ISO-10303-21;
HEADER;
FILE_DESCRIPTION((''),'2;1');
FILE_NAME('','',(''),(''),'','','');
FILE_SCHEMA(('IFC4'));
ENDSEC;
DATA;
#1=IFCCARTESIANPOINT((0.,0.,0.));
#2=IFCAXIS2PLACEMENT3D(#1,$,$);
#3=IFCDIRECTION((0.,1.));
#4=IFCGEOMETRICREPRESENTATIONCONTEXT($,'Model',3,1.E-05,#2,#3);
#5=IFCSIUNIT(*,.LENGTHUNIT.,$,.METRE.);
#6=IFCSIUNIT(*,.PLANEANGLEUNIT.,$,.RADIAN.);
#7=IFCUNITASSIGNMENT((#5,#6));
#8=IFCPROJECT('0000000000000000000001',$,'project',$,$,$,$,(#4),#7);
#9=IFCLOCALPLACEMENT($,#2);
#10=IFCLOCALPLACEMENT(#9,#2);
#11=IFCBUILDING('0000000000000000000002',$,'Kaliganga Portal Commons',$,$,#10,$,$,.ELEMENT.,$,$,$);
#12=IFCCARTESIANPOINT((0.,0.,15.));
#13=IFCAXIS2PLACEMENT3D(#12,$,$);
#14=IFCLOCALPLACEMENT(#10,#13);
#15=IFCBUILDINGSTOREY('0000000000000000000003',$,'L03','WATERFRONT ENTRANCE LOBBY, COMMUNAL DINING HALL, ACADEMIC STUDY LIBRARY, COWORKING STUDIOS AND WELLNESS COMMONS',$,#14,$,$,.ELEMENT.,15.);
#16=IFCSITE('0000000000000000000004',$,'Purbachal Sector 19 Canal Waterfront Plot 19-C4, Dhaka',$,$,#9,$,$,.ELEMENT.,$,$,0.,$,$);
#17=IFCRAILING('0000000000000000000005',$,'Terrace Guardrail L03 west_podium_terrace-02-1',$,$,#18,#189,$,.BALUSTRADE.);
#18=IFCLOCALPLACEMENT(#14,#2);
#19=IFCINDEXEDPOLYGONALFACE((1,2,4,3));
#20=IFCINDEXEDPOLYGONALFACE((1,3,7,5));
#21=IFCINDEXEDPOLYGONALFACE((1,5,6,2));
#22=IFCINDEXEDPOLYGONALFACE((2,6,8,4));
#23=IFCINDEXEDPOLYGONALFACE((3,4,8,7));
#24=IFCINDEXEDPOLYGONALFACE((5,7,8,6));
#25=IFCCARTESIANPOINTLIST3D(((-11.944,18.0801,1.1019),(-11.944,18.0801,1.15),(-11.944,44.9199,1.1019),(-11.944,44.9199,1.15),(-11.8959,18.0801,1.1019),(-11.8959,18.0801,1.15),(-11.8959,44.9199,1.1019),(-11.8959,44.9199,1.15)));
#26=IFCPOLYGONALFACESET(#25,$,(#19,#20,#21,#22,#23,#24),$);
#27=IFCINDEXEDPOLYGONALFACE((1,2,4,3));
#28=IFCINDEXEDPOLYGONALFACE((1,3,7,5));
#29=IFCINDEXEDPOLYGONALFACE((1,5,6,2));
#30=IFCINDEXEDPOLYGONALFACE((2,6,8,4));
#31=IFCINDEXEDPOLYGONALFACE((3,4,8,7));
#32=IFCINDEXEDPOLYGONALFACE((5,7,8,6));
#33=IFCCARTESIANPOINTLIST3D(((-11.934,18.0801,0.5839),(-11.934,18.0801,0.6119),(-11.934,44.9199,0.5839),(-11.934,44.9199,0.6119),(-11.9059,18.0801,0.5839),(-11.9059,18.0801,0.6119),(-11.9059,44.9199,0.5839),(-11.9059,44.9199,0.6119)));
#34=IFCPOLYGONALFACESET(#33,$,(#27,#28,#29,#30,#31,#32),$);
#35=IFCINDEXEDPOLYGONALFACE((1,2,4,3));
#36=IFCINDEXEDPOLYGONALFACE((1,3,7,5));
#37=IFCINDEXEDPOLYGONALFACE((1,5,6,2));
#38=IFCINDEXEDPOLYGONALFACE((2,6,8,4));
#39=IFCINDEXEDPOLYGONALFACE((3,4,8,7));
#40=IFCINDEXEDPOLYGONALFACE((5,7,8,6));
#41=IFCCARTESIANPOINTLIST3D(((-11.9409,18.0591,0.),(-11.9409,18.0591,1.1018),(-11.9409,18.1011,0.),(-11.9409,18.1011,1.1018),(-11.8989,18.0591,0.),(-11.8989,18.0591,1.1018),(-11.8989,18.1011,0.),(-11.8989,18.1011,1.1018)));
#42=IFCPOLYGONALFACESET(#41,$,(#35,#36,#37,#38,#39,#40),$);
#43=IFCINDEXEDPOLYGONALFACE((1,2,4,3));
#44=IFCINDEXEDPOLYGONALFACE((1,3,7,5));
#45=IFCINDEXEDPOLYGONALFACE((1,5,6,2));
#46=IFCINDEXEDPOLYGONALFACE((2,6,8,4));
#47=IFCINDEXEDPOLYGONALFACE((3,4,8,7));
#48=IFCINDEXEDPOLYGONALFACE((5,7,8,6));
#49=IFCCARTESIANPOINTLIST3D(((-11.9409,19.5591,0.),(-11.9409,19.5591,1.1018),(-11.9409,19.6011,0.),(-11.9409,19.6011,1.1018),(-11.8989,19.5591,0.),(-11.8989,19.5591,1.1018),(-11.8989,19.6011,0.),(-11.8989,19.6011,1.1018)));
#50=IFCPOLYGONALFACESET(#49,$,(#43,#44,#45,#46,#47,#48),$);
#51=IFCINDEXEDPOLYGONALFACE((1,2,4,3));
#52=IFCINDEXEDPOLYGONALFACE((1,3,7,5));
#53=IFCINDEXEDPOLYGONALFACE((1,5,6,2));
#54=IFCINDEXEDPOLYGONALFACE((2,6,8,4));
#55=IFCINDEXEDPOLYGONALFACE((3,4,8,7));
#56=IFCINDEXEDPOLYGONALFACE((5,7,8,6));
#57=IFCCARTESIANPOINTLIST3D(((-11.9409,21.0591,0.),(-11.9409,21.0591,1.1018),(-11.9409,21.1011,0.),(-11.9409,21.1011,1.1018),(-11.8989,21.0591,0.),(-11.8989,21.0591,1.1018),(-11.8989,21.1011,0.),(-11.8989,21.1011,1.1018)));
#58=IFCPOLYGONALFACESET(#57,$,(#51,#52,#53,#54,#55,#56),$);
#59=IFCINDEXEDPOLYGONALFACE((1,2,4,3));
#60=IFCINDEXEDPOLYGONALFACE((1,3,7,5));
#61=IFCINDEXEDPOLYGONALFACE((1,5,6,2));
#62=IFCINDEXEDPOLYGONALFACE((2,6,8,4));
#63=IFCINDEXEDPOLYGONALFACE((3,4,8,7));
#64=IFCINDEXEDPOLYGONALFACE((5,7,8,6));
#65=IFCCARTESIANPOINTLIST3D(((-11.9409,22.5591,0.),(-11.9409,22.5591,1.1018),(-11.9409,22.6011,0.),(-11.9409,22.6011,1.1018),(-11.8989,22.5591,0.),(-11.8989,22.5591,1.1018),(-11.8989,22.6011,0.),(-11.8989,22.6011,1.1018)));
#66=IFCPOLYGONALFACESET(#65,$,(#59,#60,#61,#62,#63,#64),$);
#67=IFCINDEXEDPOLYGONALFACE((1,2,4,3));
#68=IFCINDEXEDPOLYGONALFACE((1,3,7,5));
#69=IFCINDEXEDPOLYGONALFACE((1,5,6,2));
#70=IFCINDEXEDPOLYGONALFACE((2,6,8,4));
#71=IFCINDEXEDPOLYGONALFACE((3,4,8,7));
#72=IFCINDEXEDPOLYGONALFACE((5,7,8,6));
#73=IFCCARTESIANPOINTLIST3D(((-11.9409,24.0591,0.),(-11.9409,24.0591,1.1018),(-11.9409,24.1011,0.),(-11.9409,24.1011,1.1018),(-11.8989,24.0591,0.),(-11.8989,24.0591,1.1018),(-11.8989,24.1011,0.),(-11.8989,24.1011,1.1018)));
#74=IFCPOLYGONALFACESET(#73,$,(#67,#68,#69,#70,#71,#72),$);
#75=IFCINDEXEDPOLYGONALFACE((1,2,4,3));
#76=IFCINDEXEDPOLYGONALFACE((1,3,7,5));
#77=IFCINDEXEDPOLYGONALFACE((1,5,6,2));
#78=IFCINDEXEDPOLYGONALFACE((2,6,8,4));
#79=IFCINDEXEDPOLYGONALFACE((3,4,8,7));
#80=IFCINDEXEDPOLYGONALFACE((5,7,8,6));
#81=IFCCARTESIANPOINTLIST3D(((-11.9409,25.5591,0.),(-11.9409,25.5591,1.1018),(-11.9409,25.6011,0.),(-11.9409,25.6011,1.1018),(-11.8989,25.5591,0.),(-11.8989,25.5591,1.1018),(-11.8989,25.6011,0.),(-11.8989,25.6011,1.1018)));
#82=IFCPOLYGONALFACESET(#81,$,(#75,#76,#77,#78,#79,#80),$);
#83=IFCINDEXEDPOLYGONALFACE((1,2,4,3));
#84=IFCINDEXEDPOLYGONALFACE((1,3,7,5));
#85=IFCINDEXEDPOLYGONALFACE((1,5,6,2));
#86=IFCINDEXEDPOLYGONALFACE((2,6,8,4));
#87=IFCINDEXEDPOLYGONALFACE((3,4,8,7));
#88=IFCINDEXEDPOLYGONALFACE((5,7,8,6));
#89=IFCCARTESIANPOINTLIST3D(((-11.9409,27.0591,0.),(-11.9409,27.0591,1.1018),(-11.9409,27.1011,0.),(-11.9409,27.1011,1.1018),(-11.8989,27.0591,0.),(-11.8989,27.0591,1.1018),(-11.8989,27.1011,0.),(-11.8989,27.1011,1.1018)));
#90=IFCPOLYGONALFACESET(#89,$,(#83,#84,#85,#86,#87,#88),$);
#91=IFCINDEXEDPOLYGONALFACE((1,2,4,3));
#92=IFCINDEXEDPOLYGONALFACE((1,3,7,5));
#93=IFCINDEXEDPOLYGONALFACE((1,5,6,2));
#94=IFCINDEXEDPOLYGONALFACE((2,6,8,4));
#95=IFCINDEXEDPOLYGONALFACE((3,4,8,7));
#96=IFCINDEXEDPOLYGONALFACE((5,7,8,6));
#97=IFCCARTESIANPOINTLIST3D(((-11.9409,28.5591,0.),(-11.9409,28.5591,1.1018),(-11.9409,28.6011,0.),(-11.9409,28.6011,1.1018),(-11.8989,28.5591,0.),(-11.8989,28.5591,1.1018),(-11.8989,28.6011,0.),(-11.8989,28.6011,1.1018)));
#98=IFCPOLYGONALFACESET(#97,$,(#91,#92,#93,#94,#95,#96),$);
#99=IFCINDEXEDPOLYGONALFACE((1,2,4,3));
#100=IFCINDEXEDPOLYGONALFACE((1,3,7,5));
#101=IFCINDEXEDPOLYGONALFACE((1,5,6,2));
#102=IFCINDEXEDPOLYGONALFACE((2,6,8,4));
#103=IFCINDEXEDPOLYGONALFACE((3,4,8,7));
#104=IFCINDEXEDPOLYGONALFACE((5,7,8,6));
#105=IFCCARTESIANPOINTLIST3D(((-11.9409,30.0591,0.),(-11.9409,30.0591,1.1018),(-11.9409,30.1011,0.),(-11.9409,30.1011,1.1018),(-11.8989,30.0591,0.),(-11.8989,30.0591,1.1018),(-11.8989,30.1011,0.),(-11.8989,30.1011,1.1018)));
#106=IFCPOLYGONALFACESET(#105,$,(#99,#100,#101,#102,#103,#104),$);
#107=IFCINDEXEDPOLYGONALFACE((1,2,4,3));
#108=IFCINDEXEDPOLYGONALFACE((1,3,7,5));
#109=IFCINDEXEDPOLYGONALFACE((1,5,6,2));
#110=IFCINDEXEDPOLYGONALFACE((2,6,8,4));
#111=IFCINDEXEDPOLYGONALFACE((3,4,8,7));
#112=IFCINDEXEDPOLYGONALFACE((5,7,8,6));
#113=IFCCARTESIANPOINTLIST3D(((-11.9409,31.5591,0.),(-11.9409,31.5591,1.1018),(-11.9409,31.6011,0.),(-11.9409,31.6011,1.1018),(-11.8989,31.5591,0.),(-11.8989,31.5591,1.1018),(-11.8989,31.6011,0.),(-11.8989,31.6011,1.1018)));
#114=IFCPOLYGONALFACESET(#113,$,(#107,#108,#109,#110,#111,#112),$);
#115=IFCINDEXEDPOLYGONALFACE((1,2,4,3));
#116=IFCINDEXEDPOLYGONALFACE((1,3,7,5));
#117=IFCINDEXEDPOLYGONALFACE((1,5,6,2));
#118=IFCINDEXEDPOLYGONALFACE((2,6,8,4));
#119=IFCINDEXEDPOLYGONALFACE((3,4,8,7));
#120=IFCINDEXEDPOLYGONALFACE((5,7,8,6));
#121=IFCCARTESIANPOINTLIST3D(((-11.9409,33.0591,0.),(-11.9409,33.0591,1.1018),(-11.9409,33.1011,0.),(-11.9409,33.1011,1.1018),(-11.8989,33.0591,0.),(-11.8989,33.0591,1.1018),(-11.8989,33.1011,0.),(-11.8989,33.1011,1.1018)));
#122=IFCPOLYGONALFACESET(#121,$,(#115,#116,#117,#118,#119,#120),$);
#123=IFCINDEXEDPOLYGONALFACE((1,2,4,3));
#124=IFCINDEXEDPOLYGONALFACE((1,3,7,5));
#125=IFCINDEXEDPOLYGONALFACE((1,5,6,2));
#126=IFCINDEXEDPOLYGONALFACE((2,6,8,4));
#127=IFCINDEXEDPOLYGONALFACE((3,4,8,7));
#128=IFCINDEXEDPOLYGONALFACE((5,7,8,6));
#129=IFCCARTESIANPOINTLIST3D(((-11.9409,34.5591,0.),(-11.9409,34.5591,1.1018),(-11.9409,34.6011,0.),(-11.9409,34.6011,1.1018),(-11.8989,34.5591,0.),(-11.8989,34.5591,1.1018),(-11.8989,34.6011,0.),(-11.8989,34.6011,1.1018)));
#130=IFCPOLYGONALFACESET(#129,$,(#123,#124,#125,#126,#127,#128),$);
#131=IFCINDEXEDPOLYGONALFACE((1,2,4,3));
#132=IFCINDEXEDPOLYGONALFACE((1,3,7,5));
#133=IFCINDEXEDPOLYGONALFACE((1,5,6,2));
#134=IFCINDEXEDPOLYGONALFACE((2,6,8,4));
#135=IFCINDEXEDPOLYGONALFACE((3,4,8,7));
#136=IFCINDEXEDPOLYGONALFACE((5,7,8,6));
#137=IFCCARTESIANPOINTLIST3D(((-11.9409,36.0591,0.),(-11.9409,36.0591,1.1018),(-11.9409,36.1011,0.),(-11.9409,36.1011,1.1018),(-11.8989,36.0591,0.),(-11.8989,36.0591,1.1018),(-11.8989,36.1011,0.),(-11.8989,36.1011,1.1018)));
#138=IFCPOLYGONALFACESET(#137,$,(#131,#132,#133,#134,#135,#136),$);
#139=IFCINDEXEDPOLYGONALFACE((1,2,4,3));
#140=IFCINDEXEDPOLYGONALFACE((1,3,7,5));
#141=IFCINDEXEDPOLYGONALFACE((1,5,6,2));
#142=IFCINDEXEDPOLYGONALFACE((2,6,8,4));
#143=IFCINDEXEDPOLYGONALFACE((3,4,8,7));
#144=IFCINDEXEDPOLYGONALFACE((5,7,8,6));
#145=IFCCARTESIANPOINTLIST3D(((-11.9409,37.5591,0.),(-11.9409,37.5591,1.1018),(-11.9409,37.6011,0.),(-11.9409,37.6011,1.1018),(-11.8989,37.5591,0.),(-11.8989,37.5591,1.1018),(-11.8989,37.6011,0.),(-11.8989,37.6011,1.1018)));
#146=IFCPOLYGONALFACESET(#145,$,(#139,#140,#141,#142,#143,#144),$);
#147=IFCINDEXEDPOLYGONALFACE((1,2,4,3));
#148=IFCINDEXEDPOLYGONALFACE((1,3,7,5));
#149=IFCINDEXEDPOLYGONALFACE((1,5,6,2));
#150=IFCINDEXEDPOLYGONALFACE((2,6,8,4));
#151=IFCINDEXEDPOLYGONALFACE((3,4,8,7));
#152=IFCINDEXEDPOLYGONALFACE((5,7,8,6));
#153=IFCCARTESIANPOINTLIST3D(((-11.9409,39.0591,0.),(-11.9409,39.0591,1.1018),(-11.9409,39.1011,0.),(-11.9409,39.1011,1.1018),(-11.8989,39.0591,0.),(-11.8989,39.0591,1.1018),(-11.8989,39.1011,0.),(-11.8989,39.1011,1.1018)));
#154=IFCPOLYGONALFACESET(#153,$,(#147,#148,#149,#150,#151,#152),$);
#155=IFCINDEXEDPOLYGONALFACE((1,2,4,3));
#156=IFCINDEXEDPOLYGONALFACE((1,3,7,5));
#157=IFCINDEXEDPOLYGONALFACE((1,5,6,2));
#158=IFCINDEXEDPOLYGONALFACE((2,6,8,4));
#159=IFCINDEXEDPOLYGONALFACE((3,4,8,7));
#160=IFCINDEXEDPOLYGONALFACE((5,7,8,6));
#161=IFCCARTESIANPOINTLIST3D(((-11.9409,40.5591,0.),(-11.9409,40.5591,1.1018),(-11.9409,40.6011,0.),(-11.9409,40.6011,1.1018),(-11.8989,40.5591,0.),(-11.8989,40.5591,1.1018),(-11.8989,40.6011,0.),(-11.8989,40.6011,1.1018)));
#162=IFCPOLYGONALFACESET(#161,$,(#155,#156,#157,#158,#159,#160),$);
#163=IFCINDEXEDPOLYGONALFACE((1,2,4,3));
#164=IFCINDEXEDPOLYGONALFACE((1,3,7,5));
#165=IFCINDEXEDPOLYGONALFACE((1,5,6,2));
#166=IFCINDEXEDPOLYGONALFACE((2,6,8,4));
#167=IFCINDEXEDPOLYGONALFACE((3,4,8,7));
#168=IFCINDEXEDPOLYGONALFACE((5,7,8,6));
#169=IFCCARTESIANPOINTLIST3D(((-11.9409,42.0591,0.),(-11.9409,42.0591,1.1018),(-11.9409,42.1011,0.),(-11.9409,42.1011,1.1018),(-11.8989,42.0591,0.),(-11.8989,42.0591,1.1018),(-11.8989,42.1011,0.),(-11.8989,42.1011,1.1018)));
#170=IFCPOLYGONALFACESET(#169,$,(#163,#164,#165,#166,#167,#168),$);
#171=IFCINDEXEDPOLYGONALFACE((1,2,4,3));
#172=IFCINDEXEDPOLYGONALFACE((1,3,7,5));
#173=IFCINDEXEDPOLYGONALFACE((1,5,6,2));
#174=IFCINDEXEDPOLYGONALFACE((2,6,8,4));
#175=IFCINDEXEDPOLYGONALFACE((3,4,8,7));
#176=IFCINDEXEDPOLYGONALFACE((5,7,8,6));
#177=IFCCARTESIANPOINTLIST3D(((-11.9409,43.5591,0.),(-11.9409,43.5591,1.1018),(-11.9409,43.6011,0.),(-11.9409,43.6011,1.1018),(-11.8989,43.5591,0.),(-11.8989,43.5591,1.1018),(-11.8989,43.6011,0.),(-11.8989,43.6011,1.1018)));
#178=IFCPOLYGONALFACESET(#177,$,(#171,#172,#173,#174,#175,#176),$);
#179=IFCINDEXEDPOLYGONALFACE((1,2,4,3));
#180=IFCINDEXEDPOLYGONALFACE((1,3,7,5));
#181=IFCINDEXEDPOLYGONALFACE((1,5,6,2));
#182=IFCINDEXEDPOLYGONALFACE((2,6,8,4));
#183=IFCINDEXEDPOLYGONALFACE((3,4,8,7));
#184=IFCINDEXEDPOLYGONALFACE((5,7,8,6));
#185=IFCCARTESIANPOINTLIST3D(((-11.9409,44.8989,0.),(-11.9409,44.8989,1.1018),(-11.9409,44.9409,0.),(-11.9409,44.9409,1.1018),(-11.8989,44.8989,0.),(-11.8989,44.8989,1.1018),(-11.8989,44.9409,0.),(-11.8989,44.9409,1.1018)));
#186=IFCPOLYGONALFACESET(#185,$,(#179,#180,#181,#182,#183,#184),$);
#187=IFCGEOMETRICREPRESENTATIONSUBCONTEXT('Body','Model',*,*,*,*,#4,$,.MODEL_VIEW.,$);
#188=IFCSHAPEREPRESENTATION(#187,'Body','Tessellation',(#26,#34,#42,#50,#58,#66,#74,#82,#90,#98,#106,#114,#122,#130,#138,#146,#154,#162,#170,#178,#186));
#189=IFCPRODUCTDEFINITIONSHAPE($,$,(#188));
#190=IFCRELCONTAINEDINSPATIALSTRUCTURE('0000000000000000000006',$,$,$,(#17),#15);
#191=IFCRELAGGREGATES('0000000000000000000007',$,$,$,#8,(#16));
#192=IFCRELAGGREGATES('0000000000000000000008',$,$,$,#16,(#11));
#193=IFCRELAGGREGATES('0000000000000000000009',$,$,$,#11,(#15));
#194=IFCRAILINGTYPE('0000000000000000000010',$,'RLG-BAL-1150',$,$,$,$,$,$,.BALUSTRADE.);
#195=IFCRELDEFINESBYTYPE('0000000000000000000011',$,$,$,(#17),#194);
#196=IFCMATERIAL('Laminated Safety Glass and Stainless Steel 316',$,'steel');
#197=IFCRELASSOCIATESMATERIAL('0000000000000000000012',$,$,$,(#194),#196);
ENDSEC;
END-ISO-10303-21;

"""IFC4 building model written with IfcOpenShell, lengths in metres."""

from ifc_helpers import new_model, si_unit, direction, frame, origin, origin_2d, place, context, subcontext, project, spatial, rectangle, extrude, material, type_object, element, save


model = new_model("IFC4")

# Units and contexts
model_context = context("Model", 3, precision=1e-05, world=origin(), true_north=direction((0.0, 1.0)))
body_context = subcontext(model_context, "Body", "Model", "MODEL_VIEW")
ifc_project = project(units=[si_unit("LENGTHUNIT", "METRE"), si_unit("PLANEANGLEUNIT", "RADIAN")], contexts=[model_context])

# Site, building, storey
site_placement = place(None, origin())
site = spatial("IfcSite", under=ifc_project, at=site_placement, Name="Purbachal Sector 19 Canal Waterfront Plot 19-C4, Dhaka", CompositionType="ELEMENT", RefElevation=0.0)
building_placement = place(site_placement, origin())
building = spatial("IfcBuilding", under=site, at=building_placement, Name="Kaliganga Portal Commons", CompositionType="ELEMENT")
storey_placement = place(building_placement, frame((0.0, 0.0, 15.0)))
storey = spatial("IfcBuildingStorey", under=building, at=storey_placement, Name="L03", Description="WATERFRONT ENTRANCE LOBBY, COMMUNAL DINING HALL, ACADEMIC STUDY LIBRARY, COWORKING STUDIOS AND WELLNESS COMMONS", CompositionType="ELEMENT", Elevation=15.0)

# Railing
ifc_material_1 = material(Name="Laminated Safety Glass and Stainless Steel 316", Category="steel")
railing_type = type_object("IfcRailingType", Name="RLG-BAL-1150", PredefinedType="BALUSTRADE", material=ifc_material_1)
railing_1_placement = place(storey_placement, frame((-11.9199, 18.0801, 0.0)))
element("IfcRailing", 1, at=railing_1_placement, inside=storey, type_object=railing_type, Name="Terrace Guardrail L03 west_podium_terrace-02-1", PredefinedType="BALUSTRADE", context=body_context, shape_type="SweptSolid", body=[
    extrude(rectangle(XDim=0.0481, YDim=0.0481, at=origin_2d()), frame((0.0, 0.0, 1.126), z_axis=(0.0, 1.0, 0.0), x_axis=(-1.0, 0.0, 0.0)), (0.0, 0.0, 1.0), 26.8398),
    extrude(rectangle(XDim=0.0281, YDim=0.0281, at=origin_2d()), frame((0.0, 0.0, 0.5979), z_axis=(0.0, 1.0, 0.0), x_axis=(-1.0, 0.0, 0.0)), (0.0, 0.0, 1.0), 26.8398),
    extrude(rectangle(XDim=0.042, YDim=0.042, at=origin_2d()), origin(), (0.0, 0.0, 1.0), 1.1018),
    extrude(rectangle(XDim=0.042, YDim=0.042, at=origin_2d()), frame((0.0, 1.5, 0.0)), (0.0, 0.0, 1.0), 1.1018),
    extrude(rectangle(XDim=0.042, YDim=0.042, at=origin_2d()), frame((0.0, 3.0, 0.0)), (0.0, 0.0, 1.0), 1.1018),
    extrude(rectangle(XDim=0.042, YDim=0.042, at=origin_2d()), frame((0.0, 4.5, 0.0)), (0.0, 0.0, 1.0), 1.1018),
    extrude(rectangle(XDim=0.042, YDim=0.042, at=origin_2d()), frame((0.0, 6.0, 0.0)), (0.0, 0.0, 1.0), 1.1018),
    extrude(rectangle(XDim=0.042, YDim=0.042, at=origin_2d()), frame((0.0, 7.5, 0.0)), (0.0, 0.0, 1.0), 1.1018),
    extrude(rectangle(XDim=0.042, YDim=0.042, at=origin_2d()), frame((0.0, 9.0, 0.0)), (0.0, 0.0, 1.0), 1.1018),
    extrude(rectangle(XDim=0.042, YDim=0.042, at=origin_2d()), frame((0.0, 10.5, 0.0)), (0.0, 0.0, 1.0), 1.1018),
    extrude(rectangle(XDim=0.042, YDim=0.042, at=origin_2d()), frame((0.0, 12.0, 0.0)), (0.0, 0.0, 1.0), 1.1018),
    extrude(rectangle(XDim=0.042, YDim=0.042, at=origin_2d()), frame((0.0, 13.5, 0.0)), (0.0, 0.0, 1.0), 1.1018),
    extrude(rectangle(XDim=0.042, YDim=0.042, at=origin_2d()), frame((0.0, 15.0, 0.0)), (0.0, 0.0, 1.0), 1.1018),
    extrude(rectangle(XDim=0.042, YDim=0.042, at=origin_2d()), frame((0.0, 16.5, 0.0)), (0.0, 0.0, 1.0), 1.1018),
    extrude(rectangle(XDim=0.042, YDim=0.042, at=origin_2d()), frame((0.0, 18.0, 0.0)), (0.0, 0.0, 1.0), 1.1018),
    extrude(rectangle(XDim=0.042, YDim=0.042, at=origin_2d()), frame((0.0, 19.5, 0.0)), (0.0, 0.0, 1.0), 1.1018),
    extrude(rectangle(XDim=0.042, YDim=0.042, at=origin_2d()), frame((0.0, 21.0, 0.0)), (0.0, 0.0, 1.0), 1.1018),
    extrude(rectangle(XDim=0.042, YDim=0.042, at=origin_2d()), frame((0.0, 22.5, 0.0)), (0.0, 0.0, 1.0), 1.1018),
    extrude(rectangle(XDim=0.042, YDim=0.042, at=origin_2d()), frame((0.0, 24.0, 0.0)), (0.0, 0.0, 1.0), 1.1018),
    extrude(rectangle(XDim=0.042, YDim=0.042, at=origin_2d()), frame((0.0, 25.5, 0.0)), (0.0, 0.0, 1.0), 1.1018),
    extrude(rectangle(XDim=0.042, YDim=0.042, at=origin_2d()), frame((0.0, 26.8398, 0.0)), (0.0, 0.0, 1.0), 1.1018),
])

save(model, "model.ifc")
